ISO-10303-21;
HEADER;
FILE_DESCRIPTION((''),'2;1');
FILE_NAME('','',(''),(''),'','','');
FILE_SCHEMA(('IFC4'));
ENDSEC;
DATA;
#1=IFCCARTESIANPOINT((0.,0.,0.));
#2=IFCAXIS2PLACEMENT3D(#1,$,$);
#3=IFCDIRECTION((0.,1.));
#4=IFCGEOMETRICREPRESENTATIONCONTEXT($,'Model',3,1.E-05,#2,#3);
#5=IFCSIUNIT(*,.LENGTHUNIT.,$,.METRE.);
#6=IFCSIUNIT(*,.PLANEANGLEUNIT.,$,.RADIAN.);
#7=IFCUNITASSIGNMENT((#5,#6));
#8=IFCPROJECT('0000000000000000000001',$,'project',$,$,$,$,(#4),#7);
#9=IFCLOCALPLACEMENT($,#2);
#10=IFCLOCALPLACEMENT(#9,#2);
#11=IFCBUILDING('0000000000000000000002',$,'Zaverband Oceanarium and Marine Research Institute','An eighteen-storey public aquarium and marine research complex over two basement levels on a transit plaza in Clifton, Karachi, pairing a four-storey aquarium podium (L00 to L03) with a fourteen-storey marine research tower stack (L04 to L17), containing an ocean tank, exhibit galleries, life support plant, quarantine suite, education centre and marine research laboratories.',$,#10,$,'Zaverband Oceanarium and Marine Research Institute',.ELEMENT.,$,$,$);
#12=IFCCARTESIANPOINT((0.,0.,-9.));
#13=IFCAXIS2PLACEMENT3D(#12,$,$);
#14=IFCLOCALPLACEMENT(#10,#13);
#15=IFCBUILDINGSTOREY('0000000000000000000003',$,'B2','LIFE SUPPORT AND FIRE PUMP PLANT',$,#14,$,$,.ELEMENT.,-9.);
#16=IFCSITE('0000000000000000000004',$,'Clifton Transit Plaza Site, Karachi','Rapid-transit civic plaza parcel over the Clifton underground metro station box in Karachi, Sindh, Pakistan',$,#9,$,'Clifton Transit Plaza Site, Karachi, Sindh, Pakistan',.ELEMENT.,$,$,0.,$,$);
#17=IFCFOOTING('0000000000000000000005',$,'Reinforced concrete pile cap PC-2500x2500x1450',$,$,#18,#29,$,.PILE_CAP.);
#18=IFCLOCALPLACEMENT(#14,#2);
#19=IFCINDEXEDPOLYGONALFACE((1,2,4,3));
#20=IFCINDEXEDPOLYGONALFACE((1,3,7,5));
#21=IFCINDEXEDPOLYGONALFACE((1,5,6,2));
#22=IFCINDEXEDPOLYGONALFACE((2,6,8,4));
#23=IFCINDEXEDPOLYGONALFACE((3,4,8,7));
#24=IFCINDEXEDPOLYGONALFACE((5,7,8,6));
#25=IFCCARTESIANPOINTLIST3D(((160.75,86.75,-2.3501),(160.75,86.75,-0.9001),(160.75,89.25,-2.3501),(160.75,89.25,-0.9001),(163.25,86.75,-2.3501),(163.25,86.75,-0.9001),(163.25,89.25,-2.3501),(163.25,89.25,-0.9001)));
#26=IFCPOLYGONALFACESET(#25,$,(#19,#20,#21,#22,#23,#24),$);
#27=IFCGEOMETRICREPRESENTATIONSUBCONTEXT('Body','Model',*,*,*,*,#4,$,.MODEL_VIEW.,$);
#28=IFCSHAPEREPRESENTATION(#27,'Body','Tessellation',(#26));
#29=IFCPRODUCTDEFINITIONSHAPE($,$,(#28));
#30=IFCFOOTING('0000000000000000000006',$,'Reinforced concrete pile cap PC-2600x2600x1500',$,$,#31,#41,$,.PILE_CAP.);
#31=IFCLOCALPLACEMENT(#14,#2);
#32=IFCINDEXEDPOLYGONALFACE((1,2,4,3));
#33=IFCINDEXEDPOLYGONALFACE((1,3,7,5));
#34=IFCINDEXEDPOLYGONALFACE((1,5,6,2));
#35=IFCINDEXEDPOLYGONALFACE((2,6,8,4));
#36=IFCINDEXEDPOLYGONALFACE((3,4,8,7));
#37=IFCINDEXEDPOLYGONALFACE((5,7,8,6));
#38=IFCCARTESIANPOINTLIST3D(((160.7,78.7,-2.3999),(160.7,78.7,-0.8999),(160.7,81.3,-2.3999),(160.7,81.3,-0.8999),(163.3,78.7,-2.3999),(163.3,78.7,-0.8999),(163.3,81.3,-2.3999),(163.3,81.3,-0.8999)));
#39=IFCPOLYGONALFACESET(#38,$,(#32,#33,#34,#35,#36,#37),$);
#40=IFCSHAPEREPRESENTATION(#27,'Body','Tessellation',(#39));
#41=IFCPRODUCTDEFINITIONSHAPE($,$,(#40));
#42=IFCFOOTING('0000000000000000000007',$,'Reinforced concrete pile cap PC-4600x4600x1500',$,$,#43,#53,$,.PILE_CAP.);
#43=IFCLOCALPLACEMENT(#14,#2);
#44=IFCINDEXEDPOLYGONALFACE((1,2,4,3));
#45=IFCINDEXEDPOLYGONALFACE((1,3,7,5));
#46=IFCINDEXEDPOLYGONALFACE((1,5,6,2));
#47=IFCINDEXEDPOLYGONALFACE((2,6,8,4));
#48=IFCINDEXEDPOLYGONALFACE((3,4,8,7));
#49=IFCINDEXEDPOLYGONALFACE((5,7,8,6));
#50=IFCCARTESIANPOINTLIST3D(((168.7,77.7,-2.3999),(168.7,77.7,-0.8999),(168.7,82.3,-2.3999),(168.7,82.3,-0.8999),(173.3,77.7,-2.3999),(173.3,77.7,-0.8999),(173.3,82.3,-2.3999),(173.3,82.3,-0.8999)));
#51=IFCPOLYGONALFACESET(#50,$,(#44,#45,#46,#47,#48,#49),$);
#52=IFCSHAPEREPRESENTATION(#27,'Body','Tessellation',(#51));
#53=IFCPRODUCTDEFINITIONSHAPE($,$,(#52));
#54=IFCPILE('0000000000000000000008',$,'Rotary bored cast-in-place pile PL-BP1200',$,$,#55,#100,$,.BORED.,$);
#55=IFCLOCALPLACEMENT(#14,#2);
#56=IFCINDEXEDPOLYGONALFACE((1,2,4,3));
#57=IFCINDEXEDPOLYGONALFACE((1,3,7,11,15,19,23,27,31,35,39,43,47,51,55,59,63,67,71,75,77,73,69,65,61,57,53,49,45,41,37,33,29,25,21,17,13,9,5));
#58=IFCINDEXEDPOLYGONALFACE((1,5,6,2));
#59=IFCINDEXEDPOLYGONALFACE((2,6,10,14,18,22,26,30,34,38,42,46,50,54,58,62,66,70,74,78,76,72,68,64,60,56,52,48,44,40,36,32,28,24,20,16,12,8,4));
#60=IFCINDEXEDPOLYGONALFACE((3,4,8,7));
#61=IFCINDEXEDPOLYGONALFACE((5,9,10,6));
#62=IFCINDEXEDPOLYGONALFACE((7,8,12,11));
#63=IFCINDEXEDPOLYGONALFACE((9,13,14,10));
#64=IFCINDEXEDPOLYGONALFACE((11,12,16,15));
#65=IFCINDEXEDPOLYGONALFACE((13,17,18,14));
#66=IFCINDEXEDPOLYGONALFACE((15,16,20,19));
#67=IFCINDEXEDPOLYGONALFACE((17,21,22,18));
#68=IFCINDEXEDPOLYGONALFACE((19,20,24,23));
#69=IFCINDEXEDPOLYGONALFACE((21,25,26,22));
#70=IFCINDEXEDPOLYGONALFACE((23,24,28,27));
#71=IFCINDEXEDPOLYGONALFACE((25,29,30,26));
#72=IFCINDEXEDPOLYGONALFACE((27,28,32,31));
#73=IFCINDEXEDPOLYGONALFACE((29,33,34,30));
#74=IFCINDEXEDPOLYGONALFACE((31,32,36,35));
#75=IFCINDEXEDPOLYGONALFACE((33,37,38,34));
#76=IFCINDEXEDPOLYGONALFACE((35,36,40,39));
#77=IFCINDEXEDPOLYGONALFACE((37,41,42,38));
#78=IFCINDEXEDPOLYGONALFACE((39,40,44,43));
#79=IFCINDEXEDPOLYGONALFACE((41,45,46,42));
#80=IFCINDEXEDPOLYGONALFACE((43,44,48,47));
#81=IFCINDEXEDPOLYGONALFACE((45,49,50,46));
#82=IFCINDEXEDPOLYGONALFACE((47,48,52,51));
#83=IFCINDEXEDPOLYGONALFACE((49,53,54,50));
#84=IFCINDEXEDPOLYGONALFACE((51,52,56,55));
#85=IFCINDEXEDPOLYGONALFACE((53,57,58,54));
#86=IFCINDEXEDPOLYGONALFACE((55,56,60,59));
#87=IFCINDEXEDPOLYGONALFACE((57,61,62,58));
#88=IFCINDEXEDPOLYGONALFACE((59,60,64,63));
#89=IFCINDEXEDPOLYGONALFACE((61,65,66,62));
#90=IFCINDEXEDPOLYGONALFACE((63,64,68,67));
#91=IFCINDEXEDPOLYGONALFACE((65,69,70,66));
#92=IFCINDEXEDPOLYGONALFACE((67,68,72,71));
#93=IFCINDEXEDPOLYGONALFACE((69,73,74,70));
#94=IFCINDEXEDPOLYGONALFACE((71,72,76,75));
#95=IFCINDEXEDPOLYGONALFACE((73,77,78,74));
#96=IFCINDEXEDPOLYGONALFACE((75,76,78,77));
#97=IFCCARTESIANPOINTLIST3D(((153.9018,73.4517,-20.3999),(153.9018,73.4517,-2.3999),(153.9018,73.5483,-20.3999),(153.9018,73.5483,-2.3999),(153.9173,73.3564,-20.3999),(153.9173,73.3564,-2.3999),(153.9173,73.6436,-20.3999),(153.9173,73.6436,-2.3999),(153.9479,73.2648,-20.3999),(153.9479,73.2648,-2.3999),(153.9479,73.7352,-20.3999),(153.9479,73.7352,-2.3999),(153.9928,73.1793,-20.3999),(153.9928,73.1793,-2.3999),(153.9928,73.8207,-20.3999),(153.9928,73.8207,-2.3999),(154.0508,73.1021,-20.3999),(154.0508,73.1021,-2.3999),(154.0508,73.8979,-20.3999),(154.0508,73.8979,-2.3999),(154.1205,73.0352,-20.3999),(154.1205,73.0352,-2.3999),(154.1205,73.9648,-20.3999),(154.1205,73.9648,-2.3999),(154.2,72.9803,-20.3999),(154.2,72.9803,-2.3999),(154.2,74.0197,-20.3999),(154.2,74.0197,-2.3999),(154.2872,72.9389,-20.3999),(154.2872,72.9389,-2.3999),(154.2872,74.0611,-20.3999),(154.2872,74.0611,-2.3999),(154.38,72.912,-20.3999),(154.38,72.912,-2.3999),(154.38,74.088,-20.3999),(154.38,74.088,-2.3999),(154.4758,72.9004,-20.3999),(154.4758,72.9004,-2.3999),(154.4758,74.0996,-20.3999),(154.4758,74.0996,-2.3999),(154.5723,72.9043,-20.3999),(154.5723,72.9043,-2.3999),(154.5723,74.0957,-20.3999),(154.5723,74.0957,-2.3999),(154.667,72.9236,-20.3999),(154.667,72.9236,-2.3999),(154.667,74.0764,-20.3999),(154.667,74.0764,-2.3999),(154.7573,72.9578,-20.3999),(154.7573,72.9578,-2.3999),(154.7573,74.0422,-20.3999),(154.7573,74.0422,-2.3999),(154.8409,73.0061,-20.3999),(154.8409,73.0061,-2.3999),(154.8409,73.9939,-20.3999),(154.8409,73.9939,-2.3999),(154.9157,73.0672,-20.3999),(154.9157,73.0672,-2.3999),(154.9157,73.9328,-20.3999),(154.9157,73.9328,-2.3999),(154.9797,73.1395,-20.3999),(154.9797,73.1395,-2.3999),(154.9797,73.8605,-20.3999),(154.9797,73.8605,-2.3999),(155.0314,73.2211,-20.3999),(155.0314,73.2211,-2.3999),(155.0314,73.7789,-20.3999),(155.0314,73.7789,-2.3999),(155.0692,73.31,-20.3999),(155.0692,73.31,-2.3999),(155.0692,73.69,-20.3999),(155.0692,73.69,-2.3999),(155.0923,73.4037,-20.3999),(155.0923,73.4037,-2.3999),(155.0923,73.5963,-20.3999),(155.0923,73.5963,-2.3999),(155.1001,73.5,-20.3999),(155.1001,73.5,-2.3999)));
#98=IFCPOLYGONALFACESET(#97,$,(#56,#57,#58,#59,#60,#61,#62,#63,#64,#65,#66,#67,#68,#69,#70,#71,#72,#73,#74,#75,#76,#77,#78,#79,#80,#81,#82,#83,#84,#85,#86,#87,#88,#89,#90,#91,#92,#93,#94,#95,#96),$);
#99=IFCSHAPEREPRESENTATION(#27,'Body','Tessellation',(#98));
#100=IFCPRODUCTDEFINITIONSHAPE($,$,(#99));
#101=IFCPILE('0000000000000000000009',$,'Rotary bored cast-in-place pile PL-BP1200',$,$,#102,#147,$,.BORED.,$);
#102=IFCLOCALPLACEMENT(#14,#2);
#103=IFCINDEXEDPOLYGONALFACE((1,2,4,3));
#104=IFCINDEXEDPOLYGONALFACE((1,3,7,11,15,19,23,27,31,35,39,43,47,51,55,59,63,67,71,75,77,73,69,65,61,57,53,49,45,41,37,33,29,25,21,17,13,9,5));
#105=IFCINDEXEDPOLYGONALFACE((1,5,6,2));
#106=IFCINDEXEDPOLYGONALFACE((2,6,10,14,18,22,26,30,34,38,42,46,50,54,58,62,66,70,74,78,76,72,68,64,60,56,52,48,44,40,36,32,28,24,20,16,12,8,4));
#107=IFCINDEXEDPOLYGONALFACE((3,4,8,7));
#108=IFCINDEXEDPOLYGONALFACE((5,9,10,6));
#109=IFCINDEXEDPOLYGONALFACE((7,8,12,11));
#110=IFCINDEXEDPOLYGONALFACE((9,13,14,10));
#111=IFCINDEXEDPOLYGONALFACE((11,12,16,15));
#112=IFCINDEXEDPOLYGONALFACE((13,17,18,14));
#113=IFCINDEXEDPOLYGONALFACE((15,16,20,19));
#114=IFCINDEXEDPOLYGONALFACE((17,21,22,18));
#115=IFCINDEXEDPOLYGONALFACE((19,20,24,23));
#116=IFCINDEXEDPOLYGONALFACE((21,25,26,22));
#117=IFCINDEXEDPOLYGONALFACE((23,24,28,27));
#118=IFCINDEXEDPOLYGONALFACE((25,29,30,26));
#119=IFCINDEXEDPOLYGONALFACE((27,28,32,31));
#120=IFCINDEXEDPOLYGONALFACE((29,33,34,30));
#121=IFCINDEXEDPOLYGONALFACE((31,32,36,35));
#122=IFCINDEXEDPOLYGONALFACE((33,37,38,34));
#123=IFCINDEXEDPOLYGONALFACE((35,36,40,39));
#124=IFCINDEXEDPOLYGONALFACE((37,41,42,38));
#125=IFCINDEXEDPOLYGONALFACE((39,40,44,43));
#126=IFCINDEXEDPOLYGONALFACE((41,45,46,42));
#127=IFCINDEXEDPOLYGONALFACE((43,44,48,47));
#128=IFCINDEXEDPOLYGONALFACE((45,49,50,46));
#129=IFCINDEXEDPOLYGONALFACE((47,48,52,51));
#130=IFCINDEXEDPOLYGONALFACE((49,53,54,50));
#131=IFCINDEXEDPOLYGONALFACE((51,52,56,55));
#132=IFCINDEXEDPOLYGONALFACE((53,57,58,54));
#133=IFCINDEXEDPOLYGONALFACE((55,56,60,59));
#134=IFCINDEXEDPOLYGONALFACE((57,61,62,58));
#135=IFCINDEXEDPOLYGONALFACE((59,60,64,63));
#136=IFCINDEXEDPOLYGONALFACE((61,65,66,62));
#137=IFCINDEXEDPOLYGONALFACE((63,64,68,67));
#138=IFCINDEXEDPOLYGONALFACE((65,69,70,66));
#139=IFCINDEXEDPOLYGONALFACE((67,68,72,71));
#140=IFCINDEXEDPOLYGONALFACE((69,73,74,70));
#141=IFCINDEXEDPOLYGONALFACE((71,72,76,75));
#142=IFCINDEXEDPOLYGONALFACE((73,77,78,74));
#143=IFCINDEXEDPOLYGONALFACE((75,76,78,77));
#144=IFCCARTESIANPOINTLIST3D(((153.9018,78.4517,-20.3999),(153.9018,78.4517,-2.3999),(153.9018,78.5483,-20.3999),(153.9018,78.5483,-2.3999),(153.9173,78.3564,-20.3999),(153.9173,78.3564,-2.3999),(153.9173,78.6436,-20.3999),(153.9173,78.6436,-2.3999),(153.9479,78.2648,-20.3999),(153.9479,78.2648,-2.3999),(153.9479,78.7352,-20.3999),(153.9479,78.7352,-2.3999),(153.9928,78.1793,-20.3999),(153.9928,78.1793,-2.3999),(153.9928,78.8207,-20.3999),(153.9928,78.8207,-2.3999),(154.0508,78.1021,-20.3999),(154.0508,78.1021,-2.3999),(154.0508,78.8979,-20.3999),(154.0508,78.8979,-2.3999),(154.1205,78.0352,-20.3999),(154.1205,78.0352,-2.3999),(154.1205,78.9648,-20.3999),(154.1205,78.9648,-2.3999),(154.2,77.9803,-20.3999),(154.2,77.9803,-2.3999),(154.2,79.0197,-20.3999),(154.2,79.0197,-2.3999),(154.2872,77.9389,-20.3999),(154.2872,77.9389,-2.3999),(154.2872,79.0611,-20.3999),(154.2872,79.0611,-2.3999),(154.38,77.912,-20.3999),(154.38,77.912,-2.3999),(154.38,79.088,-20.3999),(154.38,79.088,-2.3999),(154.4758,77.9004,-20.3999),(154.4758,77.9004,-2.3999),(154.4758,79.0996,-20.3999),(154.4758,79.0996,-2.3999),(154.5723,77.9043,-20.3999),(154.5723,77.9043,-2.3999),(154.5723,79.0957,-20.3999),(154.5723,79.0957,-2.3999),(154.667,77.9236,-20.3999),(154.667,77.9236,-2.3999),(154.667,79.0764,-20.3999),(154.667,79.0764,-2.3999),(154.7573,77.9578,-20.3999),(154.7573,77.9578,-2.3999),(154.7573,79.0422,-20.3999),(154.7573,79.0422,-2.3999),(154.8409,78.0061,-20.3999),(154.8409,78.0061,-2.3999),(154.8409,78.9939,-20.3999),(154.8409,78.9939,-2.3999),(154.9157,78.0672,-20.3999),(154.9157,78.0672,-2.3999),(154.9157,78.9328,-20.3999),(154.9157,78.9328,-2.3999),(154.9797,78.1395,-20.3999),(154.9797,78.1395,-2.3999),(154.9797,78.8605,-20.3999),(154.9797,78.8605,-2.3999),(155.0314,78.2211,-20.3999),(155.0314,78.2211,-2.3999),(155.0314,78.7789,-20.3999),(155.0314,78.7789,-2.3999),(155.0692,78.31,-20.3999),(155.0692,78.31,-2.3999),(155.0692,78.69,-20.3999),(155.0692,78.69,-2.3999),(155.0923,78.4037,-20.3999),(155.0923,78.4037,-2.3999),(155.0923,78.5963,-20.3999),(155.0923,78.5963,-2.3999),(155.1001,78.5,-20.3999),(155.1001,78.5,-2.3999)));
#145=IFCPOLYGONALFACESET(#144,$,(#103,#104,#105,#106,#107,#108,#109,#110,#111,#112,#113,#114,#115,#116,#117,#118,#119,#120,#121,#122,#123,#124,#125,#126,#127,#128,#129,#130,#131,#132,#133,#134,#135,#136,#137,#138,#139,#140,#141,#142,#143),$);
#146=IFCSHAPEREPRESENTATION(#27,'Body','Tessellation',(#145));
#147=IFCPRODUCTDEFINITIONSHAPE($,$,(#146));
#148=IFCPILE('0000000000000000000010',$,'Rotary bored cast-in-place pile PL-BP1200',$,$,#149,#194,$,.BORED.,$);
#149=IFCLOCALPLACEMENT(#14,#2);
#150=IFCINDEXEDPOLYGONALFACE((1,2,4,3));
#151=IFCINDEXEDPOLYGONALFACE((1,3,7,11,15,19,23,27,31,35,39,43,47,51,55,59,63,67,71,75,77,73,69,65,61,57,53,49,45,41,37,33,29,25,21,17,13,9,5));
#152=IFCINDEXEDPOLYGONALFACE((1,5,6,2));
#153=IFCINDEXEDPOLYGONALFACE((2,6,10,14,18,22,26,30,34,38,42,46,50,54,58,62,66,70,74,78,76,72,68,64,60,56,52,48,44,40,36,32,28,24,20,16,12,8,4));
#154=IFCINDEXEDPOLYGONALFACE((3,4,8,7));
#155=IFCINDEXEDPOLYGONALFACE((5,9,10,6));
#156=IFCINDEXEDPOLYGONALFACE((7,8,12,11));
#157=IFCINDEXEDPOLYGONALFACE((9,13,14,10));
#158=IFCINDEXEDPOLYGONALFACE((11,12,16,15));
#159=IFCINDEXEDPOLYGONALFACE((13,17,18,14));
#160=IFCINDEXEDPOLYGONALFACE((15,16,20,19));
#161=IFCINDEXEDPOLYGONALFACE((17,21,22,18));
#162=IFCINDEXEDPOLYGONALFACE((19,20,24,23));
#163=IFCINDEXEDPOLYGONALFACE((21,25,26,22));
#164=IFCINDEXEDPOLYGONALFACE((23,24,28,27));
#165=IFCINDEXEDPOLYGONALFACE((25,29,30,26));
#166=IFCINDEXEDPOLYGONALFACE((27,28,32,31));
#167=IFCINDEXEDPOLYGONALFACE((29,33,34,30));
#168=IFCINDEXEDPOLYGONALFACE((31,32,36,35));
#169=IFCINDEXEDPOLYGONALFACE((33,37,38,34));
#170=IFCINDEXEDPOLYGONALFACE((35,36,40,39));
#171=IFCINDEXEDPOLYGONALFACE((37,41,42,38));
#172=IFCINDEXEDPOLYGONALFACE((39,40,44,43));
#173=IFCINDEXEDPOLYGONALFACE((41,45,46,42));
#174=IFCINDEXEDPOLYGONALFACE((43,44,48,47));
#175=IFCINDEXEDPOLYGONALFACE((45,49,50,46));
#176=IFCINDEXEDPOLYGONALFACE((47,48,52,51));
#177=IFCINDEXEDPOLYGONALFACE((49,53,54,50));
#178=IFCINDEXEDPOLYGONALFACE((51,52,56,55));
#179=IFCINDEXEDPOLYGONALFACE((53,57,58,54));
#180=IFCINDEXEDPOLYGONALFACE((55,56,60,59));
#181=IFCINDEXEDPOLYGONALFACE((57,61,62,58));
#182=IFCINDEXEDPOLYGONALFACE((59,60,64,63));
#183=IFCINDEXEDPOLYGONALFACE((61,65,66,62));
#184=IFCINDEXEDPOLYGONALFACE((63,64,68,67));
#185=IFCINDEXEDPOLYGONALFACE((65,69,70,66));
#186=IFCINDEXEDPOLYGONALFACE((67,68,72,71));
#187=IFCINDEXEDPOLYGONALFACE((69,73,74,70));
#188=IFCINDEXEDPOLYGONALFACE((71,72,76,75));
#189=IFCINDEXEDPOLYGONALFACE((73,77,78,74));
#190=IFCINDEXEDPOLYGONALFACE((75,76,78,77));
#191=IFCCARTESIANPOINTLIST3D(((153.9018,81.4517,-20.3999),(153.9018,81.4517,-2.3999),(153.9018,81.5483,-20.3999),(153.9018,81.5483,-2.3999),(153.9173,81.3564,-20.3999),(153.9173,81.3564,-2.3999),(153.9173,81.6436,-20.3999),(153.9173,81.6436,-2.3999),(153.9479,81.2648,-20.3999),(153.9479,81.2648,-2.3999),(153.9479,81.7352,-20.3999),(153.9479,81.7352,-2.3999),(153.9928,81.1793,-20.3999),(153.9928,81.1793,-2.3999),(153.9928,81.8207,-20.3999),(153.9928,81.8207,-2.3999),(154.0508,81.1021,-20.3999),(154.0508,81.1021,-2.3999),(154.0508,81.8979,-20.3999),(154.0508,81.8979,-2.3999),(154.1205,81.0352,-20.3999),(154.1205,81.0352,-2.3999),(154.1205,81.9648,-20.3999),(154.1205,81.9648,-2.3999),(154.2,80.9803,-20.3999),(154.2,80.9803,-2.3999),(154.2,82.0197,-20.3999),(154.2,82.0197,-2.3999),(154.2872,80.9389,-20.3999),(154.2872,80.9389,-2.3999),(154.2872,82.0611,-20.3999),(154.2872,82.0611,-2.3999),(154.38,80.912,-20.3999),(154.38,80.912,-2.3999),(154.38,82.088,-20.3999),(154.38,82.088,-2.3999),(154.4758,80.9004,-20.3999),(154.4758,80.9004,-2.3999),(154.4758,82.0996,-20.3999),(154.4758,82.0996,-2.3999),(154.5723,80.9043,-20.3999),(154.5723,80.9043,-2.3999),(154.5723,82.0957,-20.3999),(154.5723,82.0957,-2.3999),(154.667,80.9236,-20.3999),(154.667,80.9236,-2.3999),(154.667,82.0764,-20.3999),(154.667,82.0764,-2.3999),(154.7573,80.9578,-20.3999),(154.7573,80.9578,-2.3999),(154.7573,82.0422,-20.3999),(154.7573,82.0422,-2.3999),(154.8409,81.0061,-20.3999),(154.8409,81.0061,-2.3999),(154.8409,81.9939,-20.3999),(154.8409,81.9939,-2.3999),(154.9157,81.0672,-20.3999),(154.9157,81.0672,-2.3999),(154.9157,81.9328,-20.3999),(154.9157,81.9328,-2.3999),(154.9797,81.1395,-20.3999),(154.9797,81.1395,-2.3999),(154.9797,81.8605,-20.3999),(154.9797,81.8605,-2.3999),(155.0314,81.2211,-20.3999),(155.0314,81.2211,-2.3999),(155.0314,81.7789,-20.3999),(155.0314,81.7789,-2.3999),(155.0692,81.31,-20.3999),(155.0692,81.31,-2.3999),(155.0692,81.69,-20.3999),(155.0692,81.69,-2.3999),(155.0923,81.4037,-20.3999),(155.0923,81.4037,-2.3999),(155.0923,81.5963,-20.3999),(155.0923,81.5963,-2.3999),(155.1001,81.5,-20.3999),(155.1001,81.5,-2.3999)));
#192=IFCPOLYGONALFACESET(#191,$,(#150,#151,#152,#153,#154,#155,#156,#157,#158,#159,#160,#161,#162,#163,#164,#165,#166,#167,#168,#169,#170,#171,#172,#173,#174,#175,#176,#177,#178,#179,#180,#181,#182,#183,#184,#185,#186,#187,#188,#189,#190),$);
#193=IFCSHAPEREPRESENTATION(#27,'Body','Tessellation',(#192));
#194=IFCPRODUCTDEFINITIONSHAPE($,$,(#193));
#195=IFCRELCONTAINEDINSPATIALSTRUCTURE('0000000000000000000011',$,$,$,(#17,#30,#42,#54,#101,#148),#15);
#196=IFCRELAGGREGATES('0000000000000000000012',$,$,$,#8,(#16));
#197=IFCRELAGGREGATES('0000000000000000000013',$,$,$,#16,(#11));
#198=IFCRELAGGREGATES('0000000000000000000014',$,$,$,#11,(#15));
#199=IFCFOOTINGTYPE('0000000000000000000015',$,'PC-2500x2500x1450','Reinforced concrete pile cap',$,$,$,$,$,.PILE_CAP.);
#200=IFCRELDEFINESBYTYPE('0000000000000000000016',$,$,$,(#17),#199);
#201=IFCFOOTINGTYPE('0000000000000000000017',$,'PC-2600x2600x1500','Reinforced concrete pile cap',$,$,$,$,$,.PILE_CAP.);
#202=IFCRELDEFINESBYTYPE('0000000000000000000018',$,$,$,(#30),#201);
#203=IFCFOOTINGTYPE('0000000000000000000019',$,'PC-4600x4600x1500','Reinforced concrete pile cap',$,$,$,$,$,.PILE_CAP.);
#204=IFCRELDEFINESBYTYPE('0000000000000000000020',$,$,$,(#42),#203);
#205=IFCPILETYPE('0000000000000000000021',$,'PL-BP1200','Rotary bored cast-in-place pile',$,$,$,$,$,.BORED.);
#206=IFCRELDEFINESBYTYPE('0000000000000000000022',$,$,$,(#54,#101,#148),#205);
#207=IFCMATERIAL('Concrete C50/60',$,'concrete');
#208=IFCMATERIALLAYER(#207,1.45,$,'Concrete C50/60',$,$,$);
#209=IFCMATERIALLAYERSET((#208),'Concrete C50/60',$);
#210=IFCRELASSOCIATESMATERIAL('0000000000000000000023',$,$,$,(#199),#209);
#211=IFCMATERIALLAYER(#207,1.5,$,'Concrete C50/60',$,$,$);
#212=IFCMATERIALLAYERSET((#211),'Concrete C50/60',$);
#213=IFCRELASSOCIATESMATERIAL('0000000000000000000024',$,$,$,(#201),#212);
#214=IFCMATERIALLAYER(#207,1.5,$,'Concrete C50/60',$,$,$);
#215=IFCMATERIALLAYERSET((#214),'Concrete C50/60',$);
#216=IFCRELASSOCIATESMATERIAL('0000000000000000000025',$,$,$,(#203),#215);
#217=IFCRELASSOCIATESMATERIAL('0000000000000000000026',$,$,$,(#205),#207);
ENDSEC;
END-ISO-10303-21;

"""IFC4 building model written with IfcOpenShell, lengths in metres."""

from ifc_helpers import new_model, si_unit, direction, frame, origin, origin_2d, place, context, subcontext, project, spatial, rectangle, circle, extrude, material, layer, layer_set, material_profile, profile_set, type_object, element, save


model = new_model("IFC4")

# Units and contexts
model_context = context("Model", 3, precision=1e-05, world=origin(), true_north=direction((0.0, 1.0)))
body_context = subcontext(model_context, "Body", "Model", "MODEL_VIEW")
ifc_project = project(units=[si_unit("LENGTHUNIT", "METRE"), si_unit("PLANEANGLEUNIT", "RADIAN")], contexts=[model_context])

# Site, building, storey
site_placement = place(None, origin())
site = spatial("IfcSite", under=ifc_project, at=site_placement, Name="Clifton Transit Plaza Site, Karachi", Description="Rapid-transit civic plaza parcel over the Clifton underground metro station box in Karachi, Sindh, Pakistan", LongName="Clifton Transit Plaza Site, Karachi, Sindh, Pakistan", CompositionType="ELEMENT", RefElevation=0.0)
building_placement = place(site_placement, origin())
building = spatial("IfcBuilding", under=site, at=building_placement, Name="Zaverband Oceanarium and Marine Research Institute", Description="An eighteen-storey public aquarium and marine research complex over two basement levels on a transit plaza in Clifton, Karachi, pairing a four-storey aquarium podium (L00 to L03) with a fourteen-storey marine research tower stack (L04 to L17), containing an ocean tank, exhibit galleries, life support plant, quarantine suite, education centre and marine research laboratories.", LongName="Zaverband Oceanarium and Marine Research Institute", CompositionType="ELEMENT")
storey_placement = place(building_placement, frame((0.0, 0.0, -9.0)))
storey = spatial("IfcBuildingStorey", under=building, at=storey_placement, Name="B2", Description="LIFE SUPPORT AND FIRE PUMP PLANT", CompositionType="ELEMENT", Elevation=-9.0)

# Footings
ifc_material_1 = material(Name="Concrete C50/60", Category="concrete")
ifc_layer_1 = layer(ifc_material_1, 1.45, Name="Concrete C50/60")
ifc_layer_set_1 = layer_set([ifc_layer_1], Name="Concrete C50/60")
footing_type_1 = type_object("IfcFootingType", Name="PC-2500x2500x1450", Description="Reinforced concrete pile cap", PredefinedType="PILE_CAP", material=ifc_layer_set_1)
footing_1_placement = place(storey_placement, frame((162.0, 88.0, -2.3501), z_axis=(0.0, 0.0, 1.0), x_axis=(1.0, 0.0, 0.0)))
element("IfcFooting", 1, at=footing_1_placement, inside=storey, type_object=footing_type_1, Name="Reinforced concrete pile cap PC-2500x2500x1450", PredefinedType="PILE_CAP", context=body_context, shape_type="SweptSolid", body=[
    extrude(rectangle(XDim=2.5, YDim=2.5, at=origin_2d()), origin(), (0.0, 0.0, 1.0), 1.45),
])
ifc_layer_2 = layer(ifc_material_1, 1.5, Name="Concrete C50/60")
ifc_layer_set_2 = layer_set([ifc_layer_2], Name="Concrete C50/60")
footing_type_2 = type_object("IfcFootingType", Name="PC-2600x2600x1500", Description="Reinforced concrete pile cap", PredefinedType="PILE_CAP", material=ifc_layer_set_2)
footing_2_placement = place(storey_placement, frame((162.0, 80.0, -2.3999), z_axis=(0.0, 0.0, 1.0), x_axis=(1.0, 0.0, 0.0)))
element("IfcFooting", 2, at=footing_2_placement, inside=storey, type_object=footing_type_2, Name="Reinforced concrete pile cap PC-2600x2600x1500", PredefinedType="PILE_CAP", context=body_context, shape_type="SweptSolid", body=[
    extrude(rectangle(XDim=2.6001, YDim=2.6001, at=origin_2d()), origin(), (0.0, 0.0, 1.0), 1.5),
])
ifc_layer_3 = layer(ifc_material_1, 1.5, Name="Concrete C50/60")
ifc_layer_set_3 = layer_set([ifc_layer_3], Name="Concrete C50/60")
footing_type_3 = type_object("IfcFootingType", Name="PC-4600x4600x1500", Description="Reinforced concrete pile cap", PredefinedType="PILE_CAP", material=ifc_layer_set_3)
footing_3_placement = place(storey_placement, frame((171.0, 80.0, -2.3999), z_axis=(0.0, 0.0, 1.0), x_axis=(1.0, 0.0, 0.0)))
element("IfcFooting", 3, at=footing_3_placement, inside=storey, type_object=footing_type_3, Name="Reinforced concrete pile cap PC-4600x4600x1500", PredefinedType="PILE_CAP", context=body_context, shape_type="SweptSolid", body=[
    extrude(rectangle(XDim=4.6001, YDim=4.6001, at=origin_2d()), origin(), (0.0, 0.0, 1.0), 1.5),
])

# Piles
ifc_material_profile_1 = material_profile(ifc_material_1, circle(Radius=0.6001, at=origin_2d()), Name="BP1200")
ifc_profile_set_1 = profile_set([ifc_material_profile_1], Name="Concrete C50/60")
pile_type = type_object("IfcPileType", Name="PL-BP1200", Description="Rotary bored cast-in-place pile", PredefinedType="BORED", material=ifc_profile_set_1)
for number, where, z_axis, x_axis, name in (
    (4, (154.5, 73.5, -2.3999), (0.0, 0.0, -1.0), (1.0, 0.0, 0.0), "Rotary bored cast-in-place pile PL-BP1200"),
    (5, (154.5, 78.5, -2.3999), (0.0, 0.0, -1.0), (1.0, 0.0, 0.0), "Rotary bored cast-in-place pile PL-BP1200"),
    (6, (154.5, 81.5, -2.3999), (0.0, 0.0, -1.0), (1.0, 0.0, 0.0), "Rotary bored cast-in-place pile PL-BP1200"),
):
    element("IfcPile", number, at=place(storey_placement, frame(where, z_axis=z_axis, x_axis=x_axis)), inside=storey, type_object=pile_type, Name=name, PredefinedType="BORED", context=body_context, shape_type="SweptSolid", body=[
        extrude(circle(Radius=0.6001, at=origin_2d()), origin(), (0.0, 0.0, 1.0), 18.0),
    ])

save(model, "model.ifc")
